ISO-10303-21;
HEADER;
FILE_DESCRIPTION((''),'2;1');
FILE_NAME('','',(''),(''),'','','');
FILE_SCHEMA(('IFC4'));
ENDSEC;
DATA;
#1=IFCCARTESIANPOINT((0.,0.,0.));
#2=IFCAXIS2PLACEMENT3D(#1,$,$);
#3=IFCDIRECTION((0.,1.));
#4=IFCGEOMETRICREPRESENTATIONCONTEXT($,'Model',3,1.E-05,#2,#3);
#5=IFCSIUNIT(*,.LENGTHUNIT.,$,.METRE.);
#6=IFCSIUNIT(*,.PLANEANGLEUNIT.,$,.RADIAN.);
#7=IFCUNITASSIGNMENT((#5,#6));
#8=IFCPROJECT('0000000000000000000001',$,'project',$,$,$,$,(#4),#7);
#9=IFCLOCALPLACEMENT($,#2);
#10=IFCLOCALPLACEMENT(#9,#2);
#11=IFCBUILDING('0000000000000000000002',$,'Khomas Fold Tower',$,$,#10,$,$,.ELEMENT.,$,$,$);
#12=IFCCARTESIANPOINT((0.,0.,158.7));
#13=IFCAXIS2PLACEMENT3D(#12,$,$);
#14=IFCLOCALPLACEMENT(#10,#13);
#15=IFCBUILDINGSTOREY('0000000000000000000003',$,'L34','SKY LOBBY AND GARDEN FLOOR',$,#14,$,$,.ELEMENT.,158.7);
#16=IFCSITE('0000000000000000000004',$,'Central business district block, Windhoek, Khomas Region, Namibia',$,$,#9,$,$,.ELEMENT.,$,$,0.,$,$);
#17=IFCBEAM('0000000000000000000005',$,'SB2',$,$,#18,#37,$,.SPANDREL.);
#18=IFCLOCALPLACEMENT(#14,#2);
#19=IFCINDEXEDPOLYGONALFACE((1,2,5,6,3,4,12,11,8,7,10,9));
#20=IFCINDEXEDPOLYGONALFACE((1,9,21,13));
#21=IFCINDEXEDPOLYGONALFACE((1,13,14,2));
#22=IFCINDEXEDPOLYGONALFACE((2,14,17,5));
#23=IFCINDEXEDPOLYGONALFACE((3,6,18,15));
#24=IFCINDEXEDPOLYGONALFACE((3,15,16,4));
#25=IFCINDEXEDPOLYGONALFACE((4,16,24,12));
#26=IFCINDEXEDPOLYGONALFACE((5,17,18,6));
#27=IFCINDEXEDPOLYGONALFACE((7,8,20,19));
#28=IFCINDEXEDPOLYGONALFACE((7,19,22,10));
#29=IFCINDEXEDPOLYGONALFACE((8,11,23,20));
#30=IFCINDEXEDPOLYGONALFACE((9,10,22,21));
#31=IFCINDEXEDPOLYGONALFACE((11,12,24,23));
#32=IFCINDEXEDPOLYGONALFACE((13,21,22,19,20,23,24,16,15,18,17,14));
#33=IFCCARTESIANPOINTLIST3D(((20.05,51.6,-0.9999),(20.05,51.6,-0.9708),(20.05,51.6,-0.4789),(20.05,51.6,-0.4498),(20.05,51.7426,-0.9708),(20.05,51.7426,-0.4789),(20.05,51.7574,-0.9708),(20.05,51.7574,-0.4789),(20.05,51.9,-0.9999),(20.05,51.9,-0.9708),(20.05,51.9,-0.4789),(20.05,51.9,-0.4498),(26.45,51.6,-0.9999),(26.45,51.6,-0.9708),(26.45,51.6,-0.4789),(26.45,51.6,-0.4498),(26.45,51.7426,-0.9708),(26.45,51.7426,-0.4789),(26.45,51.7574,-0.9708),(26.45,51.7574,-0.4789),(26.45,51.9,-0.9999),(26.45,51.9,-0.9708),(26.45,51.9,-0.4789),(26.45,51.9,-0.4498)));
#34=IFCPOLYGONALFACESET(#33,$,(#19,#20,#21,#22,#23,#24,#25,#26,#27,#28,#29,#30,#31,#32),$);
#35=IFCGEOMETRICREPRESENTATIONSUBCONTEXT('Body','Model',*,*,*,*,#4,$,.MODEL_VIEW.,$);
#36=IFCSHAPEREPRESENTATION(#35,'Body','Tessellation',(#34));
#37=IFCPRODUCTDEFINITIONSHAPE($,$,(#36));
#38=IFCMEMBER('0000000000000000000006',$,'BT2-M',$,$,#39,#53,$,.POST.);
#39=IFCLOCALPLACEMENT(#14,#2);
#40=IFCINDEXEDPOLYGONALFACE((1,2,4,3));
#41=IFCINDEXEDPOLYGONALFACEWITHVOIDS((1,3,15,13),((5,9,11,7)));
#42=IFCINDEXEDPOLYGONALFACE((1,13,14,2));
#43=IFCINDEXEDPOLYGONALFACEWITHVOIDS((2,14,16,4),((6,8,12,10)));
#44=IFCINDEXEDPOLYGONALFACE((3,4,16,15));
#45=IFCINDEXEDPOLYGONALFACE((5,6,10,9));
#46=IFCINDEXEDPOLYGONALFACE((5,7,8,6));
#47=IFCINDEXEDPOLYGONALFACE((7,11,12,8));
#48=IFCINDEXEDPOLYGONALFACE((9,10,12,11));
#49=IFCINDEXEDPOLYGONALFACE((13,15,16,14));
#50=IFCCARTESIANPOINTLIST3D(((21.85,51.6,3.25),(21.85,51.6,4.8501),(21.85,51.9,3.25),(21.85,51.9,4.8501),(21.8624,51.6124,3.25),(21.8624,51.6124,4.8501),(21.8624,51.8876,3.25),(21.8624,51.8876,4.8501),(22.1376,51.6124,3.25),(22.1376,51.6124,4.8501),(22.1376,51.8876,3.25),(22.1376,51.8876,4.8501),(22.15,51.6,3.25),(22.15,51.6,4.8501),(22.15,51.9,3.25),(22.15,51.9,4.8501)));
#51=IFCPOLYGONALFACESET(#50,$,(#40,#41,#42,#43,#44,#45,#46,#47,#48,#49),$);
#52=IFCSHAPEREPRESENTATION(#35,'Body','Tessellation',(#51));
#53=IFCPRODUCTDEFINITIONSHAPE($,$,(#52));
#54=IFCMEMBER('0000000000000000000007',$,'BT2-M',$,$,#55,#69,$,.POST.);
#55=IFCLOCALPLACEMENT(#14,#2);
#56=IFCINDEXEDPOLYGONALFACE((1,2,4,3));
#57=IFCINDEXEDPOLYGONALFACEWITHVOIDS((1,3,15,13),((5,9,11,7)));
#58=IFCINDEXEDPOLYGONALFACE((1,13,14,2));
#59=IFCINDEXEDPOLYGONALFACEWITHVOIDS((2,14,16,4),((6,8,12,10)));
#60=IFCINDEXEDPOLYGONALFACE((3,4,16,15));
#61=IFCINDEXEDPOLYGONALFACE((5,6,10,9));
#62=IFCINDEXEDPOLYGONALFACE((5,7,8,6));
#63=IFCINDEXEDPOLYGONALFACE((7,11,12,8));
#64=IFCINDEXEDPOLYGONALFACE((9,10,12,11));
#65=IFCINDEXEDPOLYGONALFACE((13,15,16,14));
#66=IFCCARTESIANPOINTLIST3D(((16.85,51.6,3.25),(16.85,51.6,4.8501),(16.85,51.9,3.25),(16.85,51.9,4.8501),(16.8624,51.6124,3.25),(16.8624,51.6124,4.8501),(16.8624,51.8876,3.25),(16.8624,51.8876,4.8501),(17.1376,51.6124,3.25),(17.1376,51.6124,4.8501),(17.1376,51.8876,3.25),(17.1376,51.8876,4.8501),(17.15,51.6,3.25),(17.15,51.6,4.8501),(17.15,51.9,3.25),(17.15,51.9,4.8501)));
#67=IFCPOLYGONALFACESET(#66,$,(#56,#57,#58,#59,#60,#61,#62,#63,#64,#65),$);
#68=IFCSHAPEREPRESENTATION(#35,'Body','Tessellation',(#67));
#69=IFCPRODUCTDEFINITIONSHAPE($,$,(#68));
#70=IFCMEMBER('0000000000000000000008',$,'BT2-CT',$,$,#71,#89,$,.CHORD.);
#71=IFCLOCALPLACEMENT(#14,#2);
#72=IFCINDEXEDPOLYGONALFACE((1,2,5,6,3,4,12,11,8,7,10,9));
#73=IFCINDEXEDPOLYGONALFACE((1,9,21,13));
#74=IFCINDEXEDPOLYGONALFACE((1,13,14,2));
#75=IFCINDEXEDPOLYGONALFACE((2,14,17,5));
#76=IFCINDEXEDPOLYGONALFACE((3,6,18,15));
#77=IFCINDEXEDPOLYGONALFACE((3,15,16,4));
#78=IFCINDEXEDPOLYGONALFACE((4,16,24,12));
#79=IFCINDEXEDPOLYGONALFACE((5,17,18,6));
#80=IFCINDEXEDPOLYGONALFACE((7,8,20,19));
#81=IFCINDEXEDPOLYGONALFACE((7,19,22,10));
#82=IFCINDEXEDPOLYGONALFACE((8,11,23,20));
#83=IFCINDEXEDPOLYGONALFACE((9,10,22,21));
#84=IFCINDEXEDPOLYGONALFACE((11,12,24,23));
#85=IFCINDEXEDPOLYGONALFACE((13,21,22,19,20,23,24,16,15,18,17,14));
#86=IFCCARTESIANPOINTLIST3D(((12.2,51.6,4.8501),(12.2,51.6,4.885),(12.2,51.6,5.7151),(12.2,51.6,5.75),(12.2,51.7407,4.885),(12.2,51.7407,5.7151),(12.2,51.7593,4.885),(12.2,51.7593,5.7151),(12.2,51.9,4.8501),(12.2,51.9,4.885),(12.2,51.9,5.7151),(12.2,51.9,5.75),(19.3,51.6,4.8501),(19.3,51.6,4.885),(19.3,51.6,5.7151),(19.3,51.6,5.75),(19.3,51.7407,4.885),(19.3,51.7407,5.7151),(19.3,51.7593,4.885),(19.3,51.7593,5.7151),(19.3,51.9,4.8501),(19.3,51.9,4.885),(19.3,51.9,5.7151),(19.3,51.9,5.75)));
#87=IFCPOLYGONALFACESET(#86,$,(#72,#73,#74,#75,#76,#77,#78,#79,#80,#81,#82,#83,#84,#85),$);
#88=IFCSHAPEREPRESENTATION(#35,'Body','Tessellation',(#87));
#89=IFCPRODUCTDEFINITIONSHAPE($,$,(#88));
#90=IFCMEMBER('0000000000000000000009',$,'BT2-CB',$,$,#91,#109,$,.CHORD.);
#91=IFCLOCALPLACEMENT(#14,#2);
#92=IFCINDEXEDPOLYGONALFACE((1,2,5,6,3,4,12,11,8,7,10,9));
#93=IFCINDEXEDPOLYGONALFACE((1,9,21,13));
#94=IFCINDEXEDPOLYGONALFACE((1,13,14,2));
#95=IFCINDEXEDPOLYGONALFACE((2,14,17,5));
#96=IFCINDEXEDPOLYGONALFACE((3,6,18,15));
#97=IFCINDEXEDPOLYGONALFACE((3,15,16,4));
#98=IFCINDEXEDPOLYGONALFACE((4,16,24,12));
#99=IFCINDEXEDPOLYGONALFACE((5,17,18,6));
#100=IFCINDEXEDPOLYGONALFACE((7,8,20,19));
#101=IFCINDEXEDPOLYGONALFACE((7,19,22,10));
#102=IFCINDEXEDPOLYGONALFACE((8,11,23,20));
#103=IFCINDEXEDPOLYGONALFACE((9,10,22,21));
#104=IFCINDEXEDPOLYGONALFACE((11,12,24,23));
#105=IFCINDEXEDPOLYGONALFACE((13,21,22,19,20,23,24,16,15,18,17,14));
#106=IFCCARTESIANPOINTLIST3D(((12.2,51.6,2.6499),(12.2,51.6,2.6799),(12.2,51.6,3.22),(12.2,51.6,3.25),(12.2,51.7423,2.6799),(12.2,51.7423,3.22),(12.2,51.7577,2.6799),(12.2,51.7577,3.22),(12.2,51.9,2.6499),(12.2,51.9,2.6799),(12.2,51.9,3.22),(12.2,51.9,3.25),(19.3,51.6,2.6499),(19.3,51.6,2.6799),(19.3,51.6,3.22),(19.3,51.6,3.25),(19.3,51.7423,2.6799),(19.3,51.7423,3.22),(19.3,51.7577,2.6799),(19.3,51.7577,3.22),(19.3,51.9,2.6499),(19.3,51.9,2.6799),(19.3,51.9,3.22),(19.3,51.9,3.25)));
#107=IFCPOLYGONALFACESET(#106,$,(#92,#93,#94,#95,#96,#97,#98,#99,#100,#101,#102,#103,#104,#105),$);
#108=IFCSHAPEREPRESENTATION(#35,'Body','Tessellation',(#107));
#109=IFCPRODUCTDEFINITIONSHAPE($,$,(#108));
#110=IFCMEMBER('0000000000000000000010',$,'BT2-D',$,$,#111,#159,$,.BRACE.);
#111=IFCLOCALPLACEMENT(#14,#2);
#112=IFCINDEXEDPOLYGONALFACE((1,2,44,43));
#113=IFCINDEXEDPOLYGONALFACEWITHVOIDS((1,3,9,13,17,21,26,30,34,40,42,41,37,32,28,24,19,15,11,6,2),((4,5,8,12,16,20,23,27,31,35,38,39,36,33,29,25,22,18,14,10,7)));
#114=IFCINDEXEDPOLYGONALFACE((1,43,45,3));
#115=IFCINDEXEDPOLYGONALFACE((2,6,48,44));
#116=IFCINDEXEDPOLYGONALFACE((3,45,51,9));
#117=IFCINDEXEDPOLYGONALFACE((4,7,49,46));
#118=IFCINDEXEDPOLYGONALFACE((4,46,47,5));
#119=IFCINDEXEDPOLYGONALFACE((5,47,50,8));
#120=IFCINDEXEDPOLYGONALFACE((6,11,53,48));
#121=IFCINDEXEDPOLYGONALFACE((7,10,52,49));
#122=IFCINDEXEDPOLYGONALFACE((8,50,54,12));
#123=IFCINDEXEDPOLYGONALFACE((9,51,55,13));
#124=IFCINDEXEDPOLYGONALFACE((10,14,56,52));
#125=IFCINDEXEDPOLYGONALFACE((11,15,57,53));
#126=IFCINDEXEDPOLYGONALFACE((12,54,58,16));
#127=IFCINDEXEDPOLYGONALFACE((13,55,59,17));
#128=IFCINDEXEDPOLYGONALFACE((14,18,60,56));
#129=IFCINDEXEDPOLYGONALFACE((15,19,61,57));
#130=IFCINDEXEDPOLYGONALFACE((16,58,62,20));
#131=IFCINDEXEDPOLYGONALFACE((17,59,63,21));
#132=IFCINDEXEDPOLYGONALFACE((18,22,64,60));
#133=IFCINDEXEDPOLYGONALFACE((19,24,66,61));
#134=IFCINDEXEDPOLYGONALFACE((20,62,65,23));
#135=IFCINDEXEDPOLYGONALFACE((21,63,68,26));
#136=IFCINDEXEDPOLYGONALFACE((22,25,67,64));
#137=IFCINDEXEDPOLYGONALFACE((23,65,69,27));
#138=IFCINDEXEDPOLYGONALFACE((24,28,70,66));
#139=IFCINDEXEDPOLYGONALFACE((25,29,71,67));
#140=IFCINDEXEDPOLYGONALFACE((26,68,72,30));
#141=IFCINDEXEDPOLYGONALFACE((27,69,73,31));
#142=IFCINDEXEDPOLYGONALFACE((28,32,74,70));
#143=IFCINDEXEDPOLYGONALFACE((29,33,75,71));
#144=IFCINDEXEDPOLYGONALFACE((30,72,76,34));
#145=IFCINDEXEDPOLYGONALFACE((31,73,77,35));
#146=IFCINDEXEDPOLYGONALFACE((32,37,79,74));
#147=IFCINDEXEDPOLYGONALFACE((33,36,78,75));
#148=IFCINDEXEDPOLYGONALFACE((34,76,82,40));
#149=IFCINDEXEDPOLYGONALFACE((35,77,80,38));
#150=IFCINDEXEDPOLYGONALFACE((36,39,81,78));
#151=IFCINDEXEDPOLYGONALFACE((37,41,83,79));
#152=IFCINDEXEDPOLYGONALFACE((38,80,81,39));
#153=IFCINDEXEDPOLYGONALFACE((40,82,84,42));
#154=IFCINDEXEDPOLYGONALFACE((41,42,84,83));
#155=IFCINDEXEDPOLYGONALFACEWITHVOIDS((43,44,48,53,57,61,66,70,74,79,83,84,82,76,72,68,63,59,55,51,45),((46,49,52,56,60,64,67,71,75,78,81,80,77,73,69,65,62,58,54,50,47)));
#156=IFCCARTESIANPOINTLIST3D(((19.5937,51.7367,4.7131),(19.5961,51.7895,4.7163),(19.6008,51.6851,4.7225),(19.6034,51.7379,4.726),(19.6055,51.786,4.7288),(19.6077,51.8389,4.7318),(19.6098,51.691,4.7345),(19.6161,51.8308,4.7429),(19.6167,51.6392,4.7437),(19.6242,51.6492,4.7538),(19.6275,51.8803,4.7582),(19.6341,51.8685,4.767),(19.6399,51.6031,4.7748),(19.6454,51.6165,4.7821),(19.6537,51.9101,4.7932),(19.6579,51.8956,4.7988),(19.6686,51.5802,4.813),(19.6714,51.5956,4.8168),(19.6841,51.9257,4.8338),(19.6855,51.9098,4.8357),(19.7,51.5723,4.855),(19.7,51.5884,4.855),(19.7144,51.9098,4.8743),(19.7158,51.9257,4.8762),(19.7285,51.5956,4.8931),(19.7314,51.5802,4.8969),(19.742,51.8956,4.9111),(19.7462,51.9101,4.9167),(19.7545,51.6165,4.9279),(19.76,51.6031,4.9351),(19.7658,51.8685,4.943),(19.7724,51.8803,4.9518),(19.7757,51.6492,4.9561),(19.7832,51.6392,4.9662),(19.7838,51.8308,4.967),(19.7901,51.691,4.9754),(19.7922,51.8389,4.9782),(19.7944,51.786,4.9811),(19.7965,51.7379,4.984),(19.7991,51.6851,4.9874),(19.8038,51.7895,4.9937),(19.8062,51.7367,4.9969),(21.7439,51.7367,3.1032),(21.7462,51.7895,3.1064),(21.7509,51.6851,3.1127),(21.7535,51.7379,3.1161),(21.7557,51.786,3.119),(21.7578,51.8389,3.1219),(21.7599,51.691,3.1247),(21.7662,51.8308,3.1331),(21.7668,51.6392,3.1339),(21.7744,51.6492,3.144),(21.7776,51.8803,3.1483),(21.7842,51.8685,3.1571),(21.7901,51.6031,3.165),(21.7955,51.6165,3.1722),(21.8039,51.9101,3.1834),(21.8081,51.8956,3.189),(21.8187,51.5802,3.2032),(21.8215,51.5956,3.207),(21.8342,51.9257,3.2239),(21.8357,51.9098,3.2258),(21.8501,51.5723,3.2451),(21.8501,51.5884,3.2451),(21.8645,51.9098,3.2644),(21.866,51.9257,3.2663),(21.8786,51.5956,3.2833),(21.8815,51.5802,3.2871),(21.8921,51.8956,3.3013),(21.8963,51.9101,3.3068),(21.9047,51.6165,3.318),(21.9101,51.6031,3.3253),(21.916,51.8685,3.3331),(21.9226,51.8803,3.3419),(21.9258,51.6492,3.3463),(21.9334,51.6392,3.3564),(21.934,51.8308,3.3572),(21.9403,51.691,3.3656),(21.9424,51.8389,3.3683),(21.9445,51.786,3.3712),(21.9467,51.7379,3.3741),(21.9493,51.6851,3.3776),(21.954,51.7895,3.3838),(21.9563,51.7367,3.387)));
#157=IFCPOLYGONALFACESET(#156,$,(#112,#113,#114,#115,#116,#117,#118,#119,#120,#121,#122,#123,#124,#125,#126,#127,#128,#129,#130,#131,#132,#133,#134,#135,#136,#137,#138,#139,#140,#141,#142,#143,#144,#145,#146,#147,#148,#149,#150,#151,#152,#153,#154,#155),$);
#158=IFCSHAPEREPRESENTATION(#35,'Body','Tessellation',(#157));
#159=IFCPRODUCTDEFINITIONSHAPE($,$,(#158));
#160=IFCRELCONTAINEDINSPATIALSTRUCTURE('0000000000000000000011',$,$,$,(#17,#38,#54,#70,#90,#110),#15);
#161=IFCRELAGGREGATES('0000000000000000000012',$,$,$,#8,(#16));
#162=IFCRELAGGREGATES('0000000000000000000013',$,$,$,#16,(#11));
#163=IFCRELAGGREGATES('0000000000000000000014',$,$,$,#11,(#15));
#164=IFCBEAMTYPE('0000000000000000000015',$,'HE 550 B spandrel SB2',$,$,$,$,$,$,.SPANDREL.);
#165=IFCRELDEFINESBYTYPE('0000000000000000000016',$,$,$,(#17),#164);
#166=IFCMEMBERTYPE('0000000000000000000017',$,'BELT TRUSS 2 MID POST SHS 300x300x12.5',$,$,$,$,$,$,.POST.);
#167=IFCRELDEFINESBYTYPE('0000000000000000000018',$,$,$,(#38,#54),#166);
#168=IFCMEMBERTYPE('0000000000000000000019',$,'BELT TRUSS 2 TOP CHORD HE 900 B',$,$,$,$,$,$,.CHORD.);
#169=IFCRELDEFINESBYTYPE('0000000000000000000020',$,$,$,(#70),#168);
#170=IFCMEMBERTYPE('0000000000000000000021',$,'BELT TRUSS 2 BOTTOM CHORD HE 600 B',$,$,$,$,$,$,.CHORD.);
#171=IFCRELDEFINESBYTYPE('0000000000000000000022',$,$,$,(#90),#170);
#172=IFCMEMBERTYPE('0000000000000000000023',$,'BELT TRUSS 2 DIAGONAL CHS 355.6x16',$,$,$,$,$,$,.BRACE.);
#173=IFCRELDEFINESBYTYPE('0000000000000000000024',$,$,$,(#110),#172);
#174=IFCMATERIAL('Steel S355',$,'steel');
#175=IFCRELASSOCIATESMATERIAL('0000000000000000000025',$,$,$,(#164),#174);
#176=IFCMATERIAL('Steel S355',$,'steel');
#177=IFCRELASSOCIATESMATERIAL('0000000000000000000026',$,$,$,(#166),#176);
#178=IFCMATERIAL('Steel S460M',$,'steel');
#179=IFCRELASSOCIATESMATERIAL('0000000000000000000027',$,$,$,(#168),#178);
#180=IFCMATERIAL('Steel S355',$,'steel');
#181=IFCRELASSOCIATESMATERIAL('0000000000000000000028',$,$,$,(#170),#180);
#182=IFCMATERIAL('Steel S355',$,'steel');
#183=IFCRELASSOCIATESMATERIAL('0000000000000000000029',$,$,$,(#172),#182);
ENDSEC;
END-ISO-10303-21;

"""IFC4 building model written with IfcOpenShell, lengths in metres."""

from ifc_helpers import new_model, si_unit, direction, frame, origin, origin_2d, place, context, subcontext, project, spatial, hollow_rectangle, hollow_circle, i_section, extrude, source, transform, mapped, material, material_profile, profile_set, type_object, element, save


model = new_model("IFC4")

# Units and contexts
model_context = context("Model", 3, precision=1e-05, world=origin(), true_north=direction((0.0, 1.0)))
body_context = subcontext(model_context, "Body", "Model", "MODEL_VIEW")
ifc_project = project(units=[si_unit("LENGTHUNIT", "METRE"), si_unit("PLANEANGLEUNIT", "RADIAN")], contexts=[model_context])

# Site, building, storey
site_placement = place(None, origin())
site = spatial("IfcSite", under=ifc_project, at=site_placement, Name="Central business district block, Windhoek, Khomas Region, Namibia", CompositionType="ELEMENT", RefElevation=0.0)
building_placement = place(site_placement, origin())
building = spatial("IfcBuilding", under=site, at=building_placement, Name="Khomas Fold Tower", CompositionType="ELEMENT")
storey_placement = place(building_placement, frame((0.0, 0.0, 158.7)))
storey = spatial("IfcBuildingStorey", under=building, at=storey_placement, Name="L34", Description="SKY LOBBY AND GARDEN FLOOR", CompositionType="ELEMENT", Elevation=158.7)

# Beam
ifc_material_1 = material(Name="Steel S355", Category="steel")
ifc_material_profile_1 = material_profile(ifc_material_1, i_section(OverallWidth=0.3, OverallDepth=0.55, WebThickness=0.0149, FlangeThickness=0.0291, at=origin_2d()), Name="HE 550 B")
ifc_profile_set_1 = profile_set([ifc_material_profile_1], Name="Steel S355")
beam_type = type_object("IfcBeamType", Name="HE 550 B spandrel SB2", PredefinedType="SPANDREL", material=ifc_profile_set_1)
shared_shape_1 = source(origin(), body_context, "Body", "SweptSolid", [
    extrude(i_section(OverallWidth=0.3, OverallDepth=0.55, WebThickness=0.0149, FlangeThickness=0.0291, at=origin_2d()), origin(), (0.0, 0.0, 1.0), 6.3999),
])
beam_placement = place(storey_placement, frame((20.05, 51.75, -0.7249), z_axis=(1.0, 0.0, 0.0), x_axis=(0.0, 1.0, 0.0)))
element("IfcBeam", 1, at=beam_placement, inside=storey, type_object=beam_type, Name="SB2", PredefinedType="SPANDREL", context=body_context, shape_type="MappedRepresentation", body=[
    mapped(shared_shape_1, transform((0.0, 0.0, 0.0))),
])

# Members
ifc_material_2 = material(Name="Steel S355", Category="steel")
ifc_material_profile_2 = material_profile(ifc_material_2, hollow_rectangle(XDim=0.3, YDim=0.3, WallThickness=0.0125, at=origin_2d()), Name="SHS 300x300x12.5")
ifc_profile_set_2 = profile_set([ifc_material_profile_2], Name="Steel S355")
member_type_1 = type_object("IfcMemberType", Name="BELT TRUSS 2 MID POST SHS 300x300x12.5", PredefinedType="POST", material=ifc_profile_set_2)
shared_shape_2 = source(origin(), body_context, "Body", "SweptSolid", [
    extrude(hollow_rectangle(XDim=0.3, YDim=0.3, WallThickness=0.0125, at=origin_2d()), origin(), (0.0, 0.0, 1.0), 1.6001),
])
for number, where, z_axis, x_axis, name in (
    (2, (22.0, 51.75, 3.25), (0.0, 0.0, 1.0), (1.0, 0.0, 0.0), "BT2-M"),
    (3, (17.0, 51.75, 3.25), (0.0, 0.0, 1.0), (1.0, 0.0, 0.0), "BT2-M"),
):
    element("IfcMember", number, at=place(storey_placement, frame(where, z_axis=z_axis, x_axis=x_axis)), inside=storey, type_object=member_type_1, Name=name, PredefinedType="POST", context=body_context, shape_type="MappedRepresentation", body=[
        mapped(shared_shape_2, transform((0.0, 0.0, 0.0))),
    ])
ifc_material_3 = material(Name="Steel S460M", Category="steel")
ifc_material_profile_3 = material_profile(ifc_material_3, i_section(OverallWidth=0.3, OverallDepth=0.8999, WebThickness=0.0186, FlangeThickness=0.0349, at=origin_2d()), Name="HE 900 B")
ifc_profile_set_3 = profile_set([ifc_material_profile_3], Name="Steel S460M")
member_type_2 = type_object("IfcMemberType", Name="BELT TRUSS 2 TOP CHORD HE 900 B", PredefinedType="CHORD", material=ifc_profile_set_3)
shared_shape_3 = source(origin(), body_context, "Body", "SweptSolid", [
    extrude(i_section(OverallWidth=0.3, OverallDepth=0.8999, WebThickness=0.0186, FlangeThickness=0.0349, at=origin_2d()), origin(), (0.0, 0.0, 1.0), 7.1001),
])
member_1_placement = place(storey_placement, frame((19.3, 51.75, 5.3), z_axis=(-1.0, 0.0, 0.0), x_axis=(0.0, -1.0, 0.0)))
element("IfcMember", 4, at=member_1_placement, inside=storey, type_object=member_type_2, Name="BT2-CT", PredefinedType="CHORD", context=body_context, shape_type="MappedRepresentation", body=[
    mapped(shared_shape_3, transform((0.0, 0.0, 0.0))),
])
ifc_material_4 = material(Name="Steel S355", Category="steel")
ifc_material_profile_4 = material_profile(ifc_material_4, i_section(OverallWidth=0.3, OverallDepth=0.6001, WebThickness=0.0154, FlangeThickness=0.03, at=origin_2d()), Name="HE 600 B")
ifc_profile_set_4 = profile_set([ifc_material_profile_4], Name="Steel S355")
member_type_3 = type_object("IfcMemberType", Name="BELT TRUSS 2 BOTTOM CHORD HE 600 B", PredefinedType="CHORD", material=ifc_profile_set_4)
shared_shape_4 = source(origin(), body_context, "Body", "SweptSolid", [
    extrude(i_section(OverallWidth=0.3, OverallDepth=0.6001, WebThickness=0.0154, FlangeThickness=0.03, at=origin_2d()), origin(), (0.0, 0.0, 1.0), 7.1001),
])
member_2_placement = place(storey_placement, frame((19.3, 51.75, 2.95), z_axis=(-1.0, 0.0, 0.0), x_axis=(0.0, -1.0, 0.0)))
element("IfcMember", 5, at=member_2_placement, inside=storey, type_object=member_type_3, Name="BT2-CB", PredefinedType="CHORD", context=body_context, shape_type="MappedRepresentation", body=[
    mapped(shared_shape_4, transform((0.0, 0.0, 0.0))),
])
ifc_material_5 = material(Name="Steel S355", Category="steel")
ifc_material_profile_5 = material_profile(ifc_material_5, hollow_circle(Radius=0.1777, WallThickness=0.0161, at=origin_2d()), Name="CHS 355.6x16")
ifc_profile_set_5 = profile_set([ifc_material_profile_5], Name="Steel S355")
member_type_4 = type_object("IfcMemberType", Name="BELT TRUSS 2 DIAGONAL CHS 355.6x16", PredefinedType="BRACE", material=ifc_profile_set_5)
shared_shape_5 = source(origin(), body_context, "Body", "SweptSolid", [
    extrude(hollow_circle(Radius=0.1777, WallThickness=0.0161, at=origin_2d()), origin(), (0.0, 0.0, 1.0), 2.686),
])
for number, where, z_axis, x_axis, name in (
    (6, (21.8501, 51.75, 3.2451), (-0.800491, 0.0, 0.599345), (0.0, -1.0, 0.0), "BT2-D"),
):
    element("IfcMember", number, at=place(storey_placement, frame(where, z_axis=z_axis, x_axis=x_axis)), inside=storey, type_object=member_type_4, Name=name, PredefinedType="BRACE", context=body_context, shape_type="MappedRepresentation", body=[
        mapped(shared_shape_5, transform((0.0, 0.0, 0.0))),
    ])

save(model, "model.ifc")
